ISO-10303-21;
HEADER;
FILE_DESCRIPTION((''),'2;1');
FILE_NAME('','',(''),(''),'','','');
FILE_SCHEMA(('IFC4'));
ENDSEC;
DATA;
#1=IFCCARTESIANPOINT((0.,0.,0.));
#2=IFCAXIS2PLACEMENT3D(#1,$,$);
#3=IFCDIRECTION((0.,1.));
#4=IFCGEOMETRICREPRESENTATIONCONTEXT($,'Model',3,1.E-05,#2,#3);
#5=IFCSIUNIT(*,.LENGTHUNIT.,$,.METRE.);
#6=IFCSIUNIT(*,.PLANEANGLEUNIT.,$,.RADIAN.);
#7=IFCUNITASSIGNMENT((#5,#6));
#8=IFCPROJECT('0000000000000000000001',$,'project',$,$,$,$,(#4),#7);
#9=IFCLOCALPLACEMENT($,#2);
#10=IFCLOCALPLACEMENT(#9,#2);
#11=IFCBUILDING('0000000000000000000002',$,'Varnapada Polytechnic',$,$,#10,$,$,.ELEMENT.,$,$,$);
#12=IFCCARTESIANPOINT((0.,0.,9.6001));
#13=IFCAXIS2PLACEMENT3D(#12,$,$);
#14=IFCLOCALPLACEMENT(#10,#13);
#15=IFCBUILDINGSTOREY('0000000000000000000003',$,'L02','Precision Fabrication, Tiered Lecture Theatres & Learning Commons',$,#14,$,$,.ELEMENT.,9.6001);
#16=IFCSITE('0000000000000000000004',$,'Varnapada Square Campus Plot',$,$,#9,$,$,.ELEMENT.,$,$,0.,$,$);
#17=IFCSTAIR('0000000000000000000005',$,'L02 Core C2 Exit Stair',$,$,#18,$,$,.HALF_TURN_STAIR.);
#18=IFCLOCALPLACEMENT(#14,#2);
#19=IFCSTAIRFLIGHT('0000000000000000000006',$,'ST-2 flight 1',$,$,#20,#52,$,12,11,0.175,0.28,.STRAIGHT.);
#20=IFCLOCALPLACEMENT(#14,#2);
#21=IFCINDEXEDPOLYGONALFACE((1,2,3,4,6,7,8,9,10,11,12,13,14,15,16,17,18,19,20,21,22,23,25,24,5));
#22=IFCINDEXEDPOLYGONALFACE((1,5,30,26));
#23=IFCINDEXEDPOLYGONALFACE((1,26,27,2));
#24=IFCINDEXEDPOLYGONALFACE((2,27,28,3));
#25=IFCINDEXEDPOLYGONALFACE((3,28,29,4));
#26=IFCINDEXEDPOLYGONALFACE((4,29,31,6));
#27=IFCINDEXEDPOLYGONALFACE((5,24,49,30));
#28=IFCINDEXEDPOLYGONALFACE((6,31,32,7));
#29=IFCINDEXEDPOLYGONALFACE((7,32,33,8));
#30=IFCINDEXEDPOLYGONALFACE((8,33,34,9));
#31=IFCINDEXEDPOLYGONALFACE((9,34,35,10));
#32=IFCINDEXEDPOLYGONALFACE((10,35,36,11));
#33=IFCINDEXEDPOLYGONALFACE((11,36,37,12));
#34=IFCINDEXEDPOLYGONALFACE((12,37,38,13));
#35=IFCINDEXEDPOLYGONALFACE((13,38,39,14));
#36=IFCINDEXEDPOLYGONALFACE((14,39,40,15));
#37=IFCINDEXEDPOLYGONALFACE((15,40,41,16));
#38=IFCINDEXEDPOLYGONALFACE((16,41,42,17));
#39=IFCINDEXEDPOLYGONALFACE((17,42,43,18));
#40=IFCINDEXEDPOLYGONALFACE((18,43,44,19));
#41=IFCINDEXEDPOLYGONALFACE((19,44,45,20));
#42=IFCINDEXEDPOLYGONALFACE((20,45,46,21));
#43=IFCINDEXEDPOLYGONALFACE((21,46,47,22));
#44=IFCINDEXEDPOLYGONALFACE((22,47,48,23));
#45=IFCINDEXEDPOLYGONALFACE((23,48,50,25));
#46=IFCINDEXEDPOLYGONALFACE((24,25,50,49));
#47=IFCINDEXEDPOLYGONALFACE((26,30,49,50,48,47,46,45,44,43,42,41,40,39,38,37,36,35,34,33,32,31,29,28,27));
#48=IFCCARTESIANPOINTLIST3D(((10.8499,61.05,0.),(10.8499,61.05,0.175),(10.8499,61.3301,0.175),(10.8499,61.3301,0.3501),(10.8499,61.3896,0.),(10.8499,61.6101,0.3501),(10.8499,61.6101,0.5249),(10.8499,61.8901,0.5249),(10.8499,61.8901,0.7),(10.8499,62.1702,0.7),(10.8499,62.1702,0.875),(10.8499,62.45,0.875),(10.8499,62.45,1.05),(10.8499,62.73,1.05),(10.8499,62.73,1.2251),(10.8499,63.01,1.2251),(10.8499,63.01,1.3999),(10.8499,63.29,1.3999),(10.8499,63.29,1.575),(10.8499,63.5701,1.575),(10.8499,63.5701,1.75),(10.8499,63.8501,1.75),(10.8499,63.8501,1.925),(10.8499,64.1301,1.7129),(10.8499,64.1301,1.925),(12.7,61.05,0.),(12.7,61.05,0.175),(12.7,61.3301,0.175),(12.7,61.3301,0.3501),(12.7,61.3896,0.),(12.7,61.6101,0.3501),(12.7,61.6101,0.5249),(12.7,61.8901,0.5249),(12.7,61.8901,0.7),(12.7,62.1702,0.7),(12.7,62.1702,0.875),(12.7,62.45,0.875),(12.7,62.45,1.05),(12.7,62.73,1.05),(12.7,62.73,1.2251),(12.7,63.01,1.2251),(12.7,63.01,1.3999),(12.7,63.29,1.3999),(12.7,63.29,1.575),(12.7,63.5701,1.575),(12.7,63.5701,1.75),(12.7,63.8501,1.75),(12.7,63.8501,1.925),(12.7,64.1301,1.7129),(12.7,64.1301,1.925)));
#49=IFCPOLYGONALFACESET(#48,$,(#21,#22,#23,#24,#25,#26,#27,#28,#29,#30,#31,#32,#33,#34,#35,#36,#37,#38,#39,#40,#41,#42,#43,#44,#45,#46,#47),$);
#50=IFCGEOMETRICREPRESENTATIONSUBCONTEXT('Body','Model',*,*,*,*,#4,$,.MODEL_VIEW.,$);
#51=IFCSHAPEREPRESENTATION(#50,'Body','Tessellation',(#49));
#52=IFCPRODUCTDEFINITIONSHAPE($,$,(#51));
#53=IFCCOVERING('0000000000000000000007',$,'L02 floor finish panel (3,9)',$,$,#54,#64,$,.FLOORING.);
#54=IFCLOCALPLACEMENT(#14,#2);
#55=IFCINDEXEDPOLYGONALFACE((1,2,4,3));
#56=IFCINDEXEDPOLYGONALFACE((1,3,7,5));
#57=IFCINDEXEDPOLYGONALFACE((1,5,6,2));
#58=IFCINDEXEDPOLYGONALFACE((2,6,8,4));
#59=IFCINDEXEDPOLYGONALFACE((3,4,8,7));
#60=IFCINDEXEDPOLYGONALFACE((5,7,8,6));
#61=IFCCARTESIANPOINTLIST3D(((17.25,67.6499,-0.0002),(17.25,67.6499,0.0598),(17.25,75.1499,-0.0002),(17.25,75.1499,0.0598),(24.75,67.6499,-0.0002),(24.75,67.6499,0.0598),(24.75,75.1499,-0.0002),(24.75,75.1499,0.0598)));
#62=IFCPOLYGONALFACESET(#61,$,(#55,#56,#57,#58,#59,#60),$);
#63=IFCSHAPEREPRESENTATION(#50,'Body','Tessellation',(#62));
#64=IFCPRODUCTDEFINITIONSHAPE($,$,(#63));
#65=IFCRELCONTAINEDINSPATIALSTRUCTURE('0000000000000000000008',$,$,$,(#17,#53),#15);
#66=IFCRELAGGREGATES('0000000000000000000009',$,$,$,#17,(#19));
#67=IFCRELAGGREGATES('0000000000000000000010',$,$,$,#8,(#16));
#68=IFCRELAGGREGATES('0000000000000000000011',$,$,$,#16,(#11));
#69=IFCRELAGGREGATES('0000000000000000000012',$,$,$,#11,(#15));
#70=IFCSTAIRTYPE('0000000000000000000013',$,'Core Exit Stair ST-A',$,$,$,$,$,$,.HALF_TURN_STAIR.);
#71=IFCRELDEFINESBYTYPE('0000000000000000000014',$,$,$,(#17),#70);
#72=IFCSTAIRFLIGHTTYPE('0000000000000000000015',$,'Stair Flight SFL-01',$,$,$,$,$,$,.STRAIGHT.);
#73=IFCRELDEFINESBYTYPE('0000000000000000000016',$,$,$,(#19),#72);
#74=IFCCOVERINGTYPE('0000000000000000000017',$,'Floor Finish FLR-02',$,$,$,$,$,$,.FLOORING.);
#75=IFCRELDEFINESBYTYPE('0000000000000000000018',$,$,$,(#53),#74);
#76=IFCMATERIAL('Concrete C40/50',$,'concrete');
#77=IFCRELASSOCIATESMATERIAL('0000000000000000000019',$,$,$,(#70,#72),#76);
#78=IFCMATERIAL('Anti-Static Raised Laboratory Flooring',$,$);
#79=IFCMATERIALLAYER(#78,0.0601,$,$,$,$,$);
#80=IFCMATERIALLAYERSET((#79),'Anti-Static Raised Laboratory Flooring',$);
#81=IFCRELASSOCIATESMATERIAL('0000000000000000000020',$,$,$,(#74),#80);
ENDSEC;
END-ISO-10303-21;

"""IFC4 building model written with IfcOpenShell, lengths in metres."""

from ifc_helpers import new_model, si_unit, direction, frame, origin, origin_2d, place, context, subcontext, project, spatial, polyline, rectangle, outline, extrude, material, layer, layer_set, type_object, element, aggregate, save


model = new_model("IFC4")

# Units and contexts
model_context = context("Model", 3, precision=1e-05, world=origin(), true_north=direction((0.0, 1.0)))
body_context = subcontext(model_context, "Body", "Model", "MODEL_VIEW")
ifc_project = project(units=[si_unit("LENGTHUNIT", "METRE"), si_unit("PLANEANGLEUNIT", "RADIAN")], contexts=[model_context])

# Site, building, storey
site_placement = place(None, origin())
site = spatial("IfcSite", under=ifc_project, at=site_placement, Name="Varnapada Square Campus Plot", CompositionType="ELEMENT", RefElevation=0.0)
building_placement = place(site_placement, origin())
building = spatial("IfcBuilding", under=site, at=building_placement, Name="Varnapada Polytechnic", CompositionType="ELEMENT")
storey_placement = place(building_placement, frame((0.0, 0.0, 9.6001)))
storey = spatial("IfcBuildingStorey", under=building, at=storey_placement, Name="L02", Description="Precision Fabrication, Tiered Lecture Theatres & Learning Commons", CompositionType="ELEMENT", Elevation=9.6001)

# Shared definitions
ifc_material_1 = material(Name="Concrete C40/50", Category="concrete")

# Stair, stair flight
stair_type = type_object("IfcStairType", Name="Core Exit Stair ST-A", PredefinedType="HALF_TURN_STAIR", material=ifc_material_1)
stair_placement = place(storey_placement, origin())
stair = element("IfcStair", 1, at=stair_placement, inside=storey, type_object=stair_type, Name="L02 Core C2 Exit Stair", PredefinedType="HALF_TURN_STAIR")
stair_flight_type = type_object("IfcStairFlightType", Name="Stair Flight SFL-01", PredefinedType="STRAIGHT", material=ifc_material_1)
stair_flight_placement = place(storey_placement, frame((11.7749, 61.05, 0.0), z_axis=(0.0, 0.0, 1.0), x_axis=(0.0, 1.0, 0.0)))
stair_flight = element("IfcStairFlight", 2, at=stair_flight_placement, type_object=stair_flight_type, Name="ST-2 flight 1", NumberOfRisers=12, NumberOfTreads=11, PredefinedType="STRAIGHT", RiserHeight=0.175, TreadLength=0.28, context=body_context, shape_type="SweptSolid", body=[
    extrude(outline(polyline([(0.0, 0.0), (0.0, 0.175), (0.28, 0.175), (0.28, 0.3501), (0.5601, 0.3501), (0.5601, 0.5249), (0.8401, 0.5249), (0.8401, 0.7), (1.1201, 0.7), (1.1201, 0.875), (1.3999, 0.875), (1.3999, 1.05), (1.6799, 1.05), (1.6799, 1.2251), (1.96, 1.2251), (1.96, 1.3999), (2.24, 1.3999), (2.24, 1.575), (2.52, 1.575), (2.52, 1.75), (2.8, 1.75), (2.8, 1.925), (3.0801, 1.925), (3.0801, 2.1001), (3.0801, 1.7129), (0.3396, 0.0), (0.0, 0.0)])), frame((0.0, 0.925, 0.0), z_axis=(0.0, -1.0, 0.0), x_axis=(1.0, 0.0, 0.0)), (0.0, 0.0, 1.0), 1.8501),
])
aggregate(stair, [stair_flight])

# Covering
ifc_material_2 = material(Name="Anti-Static Raised Laboratory Flooring")
ifc_layer_1 = layer(ifc_material_2, 0.0601)
ifc_layer_set_1 = layer_set([ifc_layer_1], Name="Anti-Static Raised Laboratory Flooring")
covering_type_1 = type_object("IfcCoveringType", Name="Floor Finish FLR-02", PredefinedType="FLOORING", material=ifc_layer_set_1)
covering_1_placement = place(storey_placement, frame((21.0, 71.3999, -0.0002), z_axis=(0.0, 0.0, 1.0), x_axis=(1.0, 0.0, 0.0)))
element("IfcCovering", 3, at=covering_1_placement, inside=storey, type_object=covering_type_1, Name="L02 floor finish panel (3,9)", PredefinedType="FLOORING", context=body_context, shape_type="SweptSolid", body=[
    extrude(rectangle(XDim=7.5, YDim=7.5, at=origin_2d()), origin(), (0.0, 0.0, 1.0), 0.0601),
])

save(model, "model.ifc")
